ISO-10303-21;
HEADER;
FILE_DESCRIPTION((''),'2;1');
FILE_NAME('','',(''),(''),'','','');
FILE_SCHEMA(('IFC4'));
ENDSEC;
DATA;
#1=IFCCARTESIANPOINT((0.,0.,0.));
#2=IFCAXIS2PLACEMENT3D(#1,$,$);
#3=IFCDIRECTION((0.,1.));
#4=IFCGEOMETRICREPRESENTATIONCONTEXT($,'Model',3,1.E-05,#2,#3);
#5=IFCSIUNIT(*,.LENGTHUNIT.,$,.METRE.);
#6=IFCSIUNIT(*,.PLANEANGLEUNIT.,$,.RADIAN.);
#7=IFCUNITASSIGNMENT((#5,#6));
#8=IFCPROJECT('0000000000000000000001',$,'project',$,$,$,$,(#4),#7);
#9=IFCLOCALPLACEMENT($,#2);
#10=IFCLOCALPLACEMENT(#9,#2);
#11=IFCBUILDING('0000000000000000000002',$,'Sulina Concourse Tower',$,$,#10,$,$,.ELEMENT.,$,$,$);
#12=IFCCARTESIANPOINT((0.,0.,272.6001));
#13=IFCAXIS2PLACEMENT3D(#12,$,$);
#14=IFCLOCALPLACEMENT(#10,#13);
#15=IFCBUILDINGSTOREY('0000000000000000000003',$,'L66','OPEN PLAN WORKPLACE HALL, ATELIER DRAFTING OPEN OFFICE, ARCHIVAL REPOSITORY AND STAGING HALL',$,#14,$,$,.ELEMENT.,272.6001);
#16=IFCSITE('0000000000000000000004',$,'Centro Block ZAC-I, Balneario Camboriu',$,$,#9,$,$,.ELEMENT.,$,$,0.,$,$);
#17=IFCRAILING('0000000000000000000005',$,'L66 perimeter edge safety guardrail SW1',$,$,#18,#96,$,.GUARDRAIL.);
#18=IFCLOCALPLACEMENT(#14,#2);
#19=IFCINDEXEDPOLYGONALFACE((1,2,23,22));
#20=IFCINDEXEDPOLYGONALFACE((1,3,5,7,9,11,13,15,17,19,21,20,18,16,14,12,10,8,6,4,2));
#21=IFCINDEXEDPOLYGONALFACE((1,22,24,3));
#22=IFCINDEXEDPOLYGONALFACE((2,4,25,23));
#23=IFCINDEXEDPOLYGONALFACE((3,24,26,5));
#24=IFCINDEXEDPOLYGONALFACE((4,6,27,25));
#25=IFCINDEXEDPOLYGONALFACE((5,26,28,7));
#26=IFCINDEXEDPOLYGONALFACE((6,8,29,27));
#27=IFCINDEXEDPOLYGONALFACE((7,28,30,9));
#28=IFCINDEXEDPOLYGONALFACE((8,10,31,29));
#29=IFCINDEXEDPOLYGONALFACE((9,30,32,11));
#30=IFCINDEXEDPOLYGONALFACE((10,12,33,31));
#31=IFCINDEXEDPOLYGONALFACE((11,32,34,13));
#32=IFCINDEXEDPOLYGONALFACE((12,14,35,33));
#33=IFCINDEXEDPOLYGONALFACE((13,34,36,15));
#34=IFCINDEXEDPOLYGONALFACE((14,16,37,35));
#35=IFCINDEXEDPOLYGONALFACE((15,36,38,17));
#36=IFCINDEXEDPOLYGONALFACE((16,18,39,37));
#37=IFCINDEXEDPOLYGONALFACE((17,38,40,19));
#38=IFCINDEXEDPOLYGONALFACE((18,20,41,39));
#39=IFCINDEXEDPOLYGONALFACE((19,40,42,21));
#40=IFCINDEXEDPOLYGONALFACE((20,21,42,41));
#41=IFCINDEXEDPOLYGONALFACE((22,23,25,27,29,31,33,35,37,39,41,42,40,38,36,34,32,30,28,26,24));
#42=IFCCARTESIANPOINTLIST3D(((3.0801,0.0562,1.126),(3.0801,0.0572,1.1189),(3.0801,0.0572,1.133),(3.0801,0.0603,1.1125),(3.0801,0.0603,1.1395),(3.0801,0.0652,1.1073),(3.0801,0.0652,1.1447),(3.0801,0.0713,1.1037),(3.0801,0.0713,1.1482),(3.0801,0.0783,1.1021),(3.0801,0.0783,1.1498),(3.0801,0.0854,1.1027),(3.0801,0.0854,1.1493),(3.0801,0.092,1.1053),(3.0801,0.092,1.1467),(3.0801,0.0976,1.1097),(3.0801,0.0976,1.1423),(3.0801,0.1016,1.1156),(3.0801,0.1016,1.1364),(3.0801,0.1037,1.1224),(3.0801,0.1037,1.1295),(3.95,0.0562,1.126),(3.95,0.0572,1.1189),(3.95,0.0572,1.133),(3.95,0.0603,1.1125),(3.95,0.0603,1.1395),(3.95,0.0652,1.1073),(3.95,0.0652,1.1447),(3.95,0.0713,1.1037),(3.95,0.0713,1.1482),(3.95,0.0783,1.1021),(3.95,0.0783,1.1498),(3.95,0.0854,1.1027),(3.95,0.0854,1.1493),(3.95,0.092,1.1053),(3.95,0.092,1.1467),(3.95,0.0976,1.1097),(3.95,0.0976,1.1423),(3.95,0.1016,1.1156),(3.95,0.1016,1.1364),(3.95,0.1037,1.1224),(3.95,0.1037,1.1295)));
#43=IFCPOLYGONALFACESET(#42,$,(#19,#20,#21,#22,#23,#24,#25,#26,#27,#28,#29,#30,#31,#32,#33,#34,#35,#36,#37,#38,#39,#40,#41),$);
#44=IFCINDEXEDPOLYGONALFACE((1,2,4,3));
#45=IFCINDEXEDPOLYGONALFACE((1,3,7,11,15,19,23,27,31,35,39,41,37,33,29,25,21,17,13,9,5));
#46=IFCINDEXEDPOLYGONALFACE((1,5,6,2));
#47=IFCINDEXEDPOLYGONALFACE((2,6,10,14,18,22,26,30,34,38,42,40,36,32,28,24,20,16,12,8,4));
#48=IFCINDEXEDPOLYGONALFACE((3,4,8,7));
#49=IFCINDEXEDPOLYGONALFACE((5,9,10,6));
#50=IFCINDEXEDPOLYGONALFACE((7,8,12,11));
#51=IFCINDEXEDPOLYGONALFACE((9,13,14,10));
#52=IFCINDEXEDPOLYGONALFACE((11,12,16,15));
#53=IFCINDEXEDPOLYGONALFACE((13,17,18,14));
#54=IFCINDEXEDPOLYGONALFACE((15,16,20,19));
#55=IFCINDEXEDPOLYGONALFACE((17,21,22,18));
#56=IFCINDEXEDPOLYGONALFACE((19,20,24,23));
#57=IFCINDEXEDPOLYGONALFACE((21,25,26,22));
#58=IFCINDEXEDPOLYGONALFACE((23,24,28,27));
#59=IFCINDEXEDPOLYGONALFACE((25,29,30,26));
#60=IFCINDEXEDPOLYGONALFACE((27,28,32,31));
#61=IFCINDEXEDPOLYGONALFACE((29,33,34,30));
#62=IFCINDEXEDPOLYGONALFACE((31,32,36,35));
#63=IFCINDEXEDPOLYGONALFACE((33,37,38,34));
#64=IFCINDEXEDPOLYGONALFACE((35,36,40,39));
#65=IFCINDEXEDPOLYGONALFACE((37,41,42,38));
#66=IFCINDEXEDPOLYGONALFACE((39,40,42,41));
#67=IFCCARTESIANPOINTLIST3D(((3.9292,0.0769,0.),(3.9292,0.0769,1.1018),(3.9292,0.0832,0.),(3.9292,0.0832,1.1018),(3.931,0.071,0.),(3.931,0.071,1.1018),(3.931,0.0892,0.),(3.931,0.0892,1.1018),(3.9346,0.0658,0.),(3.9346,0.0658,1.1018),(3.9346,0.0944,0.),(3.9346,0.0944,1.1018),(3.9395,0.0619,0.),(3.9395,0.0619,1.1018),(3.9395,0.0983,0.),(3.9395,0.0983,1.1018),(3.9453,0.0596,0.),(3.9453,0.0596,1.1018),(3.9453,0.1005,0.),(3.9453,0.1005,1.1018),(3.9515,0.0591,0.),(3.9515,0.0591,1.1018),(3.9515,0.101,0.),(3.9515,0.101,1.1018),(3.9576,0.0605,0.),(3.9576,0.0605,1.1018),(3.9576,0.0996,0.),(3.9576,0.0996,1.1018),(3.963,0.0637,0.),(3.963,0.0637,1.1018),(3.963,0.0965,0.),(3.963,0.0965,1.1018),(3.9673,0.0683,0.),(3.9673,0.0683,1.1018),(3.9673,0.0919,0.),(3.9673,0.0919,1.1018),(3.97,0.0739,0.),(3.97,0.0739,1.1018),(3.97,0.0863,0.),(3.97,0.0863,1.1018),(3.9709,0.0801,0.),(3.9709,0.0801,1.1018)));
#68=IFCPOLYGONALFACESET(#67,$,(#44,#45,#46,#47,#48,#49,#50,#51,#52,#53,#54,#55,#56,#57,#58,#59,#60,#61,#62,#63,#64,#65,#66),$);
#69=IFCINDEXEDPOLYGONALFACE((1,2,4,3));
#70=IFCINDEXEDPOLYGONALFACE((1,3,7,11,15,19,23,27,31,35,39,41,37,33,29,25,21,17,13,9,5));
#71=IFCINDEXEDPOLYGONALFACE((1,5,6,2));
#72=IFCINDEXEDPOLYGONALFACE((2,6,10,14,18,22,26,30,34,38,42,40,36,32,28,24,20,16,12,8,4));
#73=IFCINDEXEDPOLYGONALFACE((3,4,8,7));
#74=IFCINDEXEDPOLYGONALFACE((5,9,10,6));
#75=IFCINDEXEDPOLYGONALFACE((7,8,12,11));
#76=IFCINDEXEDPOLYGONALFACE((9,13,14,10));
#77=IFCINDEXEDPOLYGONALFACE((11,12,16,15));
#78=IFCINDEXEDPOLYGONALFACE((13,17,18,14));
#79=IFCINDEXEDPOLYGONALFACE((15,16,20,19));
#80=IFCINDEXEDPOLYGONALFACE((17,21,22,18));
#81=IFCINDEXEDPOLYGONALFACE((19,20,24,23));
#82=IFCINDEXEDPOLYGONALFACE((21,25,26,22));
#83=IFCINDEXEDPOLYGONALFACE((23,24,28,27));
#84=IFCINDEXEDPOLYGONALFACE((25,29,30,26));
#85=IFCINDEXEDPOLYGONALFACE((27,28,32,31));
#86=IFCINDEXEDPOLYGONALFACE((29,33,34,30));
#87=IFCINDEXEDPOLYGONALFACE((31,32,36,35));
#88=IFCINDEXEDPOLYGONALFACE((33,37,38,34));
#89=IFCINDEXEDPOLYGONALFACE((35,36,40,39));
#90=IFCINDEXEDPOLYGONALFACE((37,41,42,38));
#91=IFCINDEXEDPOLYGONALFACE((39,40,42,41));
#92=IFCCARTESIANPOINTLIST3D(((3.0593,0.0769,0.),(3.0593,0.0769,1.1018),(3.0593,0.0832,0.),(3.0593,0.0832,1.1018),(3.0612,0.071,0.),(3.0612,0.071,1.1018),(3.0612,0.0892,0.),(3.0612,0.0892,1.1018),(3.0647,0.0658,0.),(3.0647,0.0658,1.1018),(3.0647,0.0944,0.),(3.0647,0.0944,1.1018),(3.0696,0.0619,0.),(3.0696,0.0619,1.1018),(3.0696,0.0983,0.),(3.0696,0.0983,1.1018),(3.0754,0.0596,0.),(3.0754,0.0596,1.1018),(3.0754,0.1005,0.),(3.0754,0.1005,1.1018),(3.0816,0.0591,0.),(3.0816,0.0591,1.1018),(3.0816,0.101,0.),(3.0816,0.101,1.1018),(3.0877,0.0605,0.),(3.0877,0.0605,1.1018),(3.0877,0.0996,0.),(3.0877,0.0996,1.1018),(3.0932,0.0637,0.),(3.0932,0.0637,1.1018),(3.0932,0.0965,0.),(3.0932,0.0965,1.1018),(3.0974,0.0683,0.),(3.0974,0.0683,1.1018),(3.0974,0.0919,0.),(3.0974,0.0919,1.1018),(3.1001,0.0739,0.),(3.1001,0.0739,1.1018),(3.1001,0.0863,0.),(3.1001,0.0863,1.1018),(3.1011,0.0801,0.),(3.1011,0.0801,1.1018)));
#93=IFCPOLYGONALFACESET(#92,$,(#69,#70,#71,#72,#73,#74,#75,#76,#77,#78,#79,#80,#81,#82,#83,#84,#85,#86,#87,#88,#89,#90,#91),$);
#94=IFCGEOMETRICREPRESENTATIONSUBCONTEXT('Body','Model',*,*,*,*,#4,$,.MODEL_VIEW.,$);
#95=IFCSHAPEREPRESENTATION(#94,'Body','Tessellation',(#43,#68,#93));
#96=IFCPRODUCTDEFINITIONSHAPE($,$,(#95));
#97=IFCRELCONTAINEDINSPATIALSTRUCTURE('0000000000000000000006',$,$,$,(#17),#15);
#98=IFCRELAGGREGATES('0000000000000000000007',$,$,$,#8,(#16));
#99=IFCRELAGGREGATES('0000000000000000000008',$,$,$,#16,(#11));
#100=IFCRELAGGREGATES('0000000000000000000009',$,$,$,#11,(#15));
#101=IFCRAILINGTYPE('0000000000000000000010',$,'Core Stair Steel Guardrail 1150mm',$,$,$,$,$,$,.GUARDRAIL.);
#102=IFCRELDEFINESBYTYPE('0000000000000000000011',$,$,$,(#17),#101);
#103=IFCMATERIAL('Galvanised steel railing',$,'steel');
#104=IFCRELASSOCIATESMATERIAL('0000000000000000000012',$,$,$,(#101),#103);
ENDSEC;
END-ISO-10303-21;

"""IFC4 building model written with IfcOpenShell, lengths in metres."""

from ifc_helpers import new_model, si_unit, direction, frame, origin, origin_2d, place, context, subcontext, project, spatial, circle, extrude, material, type_object, element, save


model = new_model("IFC4")

# Units and contexts
model_context = context("Model", 3, precision=1e-05, world=origin(), true_north=direction((0.0, 1.0)))
body_context = subcontext(model_context, "Body", "Model", "MODEL_VIEW")
ifc_project = project(units=[si_unit("LENGTHUNIT", "METRE"), si_unit("PLANEANGLEUNIT", "RADIAN")], contexts=[model_context])

# Site, building, storey
site_placement = place(None, origin())
site = spatial("IfcSite", under=ifc_project, at=site_placement, Name="Centro Block ZAC-I, Balneario Camboriu", CompositionType="ELEMENT", RefElevation=0.0)
building_placement = place(site_placement, origin())
building = spatial("IfcBuilding", under=site, at=building_placement, Name="Sulina Concourse Tower", CompositionType="ELEMENT")
storey_placement = place(building_placement, frame((0.0, 0.0, 272.6001)))
storey = spatial("IfcBuildingStorey", under=building, at=storey_placement, Name="L66", Description="OPEN PLAN WORKPLACE HALL, ATELIER DRAFTING OPEN OFFICE, ARCHIVAL REPOSITORY AND STAGING HALL", CompositionType="ELEMENT", Elevation=272.6001)

# Railing
ifc_material_1 = material(Name="Galvanised steel railing", Category="steel")
railing_type = type_object("IfcRailingType", Name="Core Stair Steel Guardrail 1150mm", PredefinedType="GUARDRAIL", material=ifc_material_1)
railing_placement = place(storey_placement, frame((3.95, 0.0801, 0.0)))
element("IfcRailing", 1, at=railing_placement, inside=storey, type_object=railing_type, Name="L66 perimeter edge safety guardrail SW1", PredefinedType="GUARDRAIL", context=body_context, shape_type="SweptSolid", body=[
    extrude(circle(Radius=0.0239, at=origin_2d()), frame((0.0, 0.0, 1.126), z_axis=(-1.0, 0.0, 0.0), x_axis=(0.0, -1.0, 0.0)), (0.0, 0.0, 1.0), 0.8699),
    extrude(circle(Radius=0.021, at=origin_2d()), origin(), (0.0, 0.0, 1.0), 1.1018),
    extrude(circle(Radius=0.021, at=origin_2d()), frame((-0.8699, 0.0, 0.0)), (0.0, 0.0, 1.0), 1.1018),
])

save(model, "model.ifc")
